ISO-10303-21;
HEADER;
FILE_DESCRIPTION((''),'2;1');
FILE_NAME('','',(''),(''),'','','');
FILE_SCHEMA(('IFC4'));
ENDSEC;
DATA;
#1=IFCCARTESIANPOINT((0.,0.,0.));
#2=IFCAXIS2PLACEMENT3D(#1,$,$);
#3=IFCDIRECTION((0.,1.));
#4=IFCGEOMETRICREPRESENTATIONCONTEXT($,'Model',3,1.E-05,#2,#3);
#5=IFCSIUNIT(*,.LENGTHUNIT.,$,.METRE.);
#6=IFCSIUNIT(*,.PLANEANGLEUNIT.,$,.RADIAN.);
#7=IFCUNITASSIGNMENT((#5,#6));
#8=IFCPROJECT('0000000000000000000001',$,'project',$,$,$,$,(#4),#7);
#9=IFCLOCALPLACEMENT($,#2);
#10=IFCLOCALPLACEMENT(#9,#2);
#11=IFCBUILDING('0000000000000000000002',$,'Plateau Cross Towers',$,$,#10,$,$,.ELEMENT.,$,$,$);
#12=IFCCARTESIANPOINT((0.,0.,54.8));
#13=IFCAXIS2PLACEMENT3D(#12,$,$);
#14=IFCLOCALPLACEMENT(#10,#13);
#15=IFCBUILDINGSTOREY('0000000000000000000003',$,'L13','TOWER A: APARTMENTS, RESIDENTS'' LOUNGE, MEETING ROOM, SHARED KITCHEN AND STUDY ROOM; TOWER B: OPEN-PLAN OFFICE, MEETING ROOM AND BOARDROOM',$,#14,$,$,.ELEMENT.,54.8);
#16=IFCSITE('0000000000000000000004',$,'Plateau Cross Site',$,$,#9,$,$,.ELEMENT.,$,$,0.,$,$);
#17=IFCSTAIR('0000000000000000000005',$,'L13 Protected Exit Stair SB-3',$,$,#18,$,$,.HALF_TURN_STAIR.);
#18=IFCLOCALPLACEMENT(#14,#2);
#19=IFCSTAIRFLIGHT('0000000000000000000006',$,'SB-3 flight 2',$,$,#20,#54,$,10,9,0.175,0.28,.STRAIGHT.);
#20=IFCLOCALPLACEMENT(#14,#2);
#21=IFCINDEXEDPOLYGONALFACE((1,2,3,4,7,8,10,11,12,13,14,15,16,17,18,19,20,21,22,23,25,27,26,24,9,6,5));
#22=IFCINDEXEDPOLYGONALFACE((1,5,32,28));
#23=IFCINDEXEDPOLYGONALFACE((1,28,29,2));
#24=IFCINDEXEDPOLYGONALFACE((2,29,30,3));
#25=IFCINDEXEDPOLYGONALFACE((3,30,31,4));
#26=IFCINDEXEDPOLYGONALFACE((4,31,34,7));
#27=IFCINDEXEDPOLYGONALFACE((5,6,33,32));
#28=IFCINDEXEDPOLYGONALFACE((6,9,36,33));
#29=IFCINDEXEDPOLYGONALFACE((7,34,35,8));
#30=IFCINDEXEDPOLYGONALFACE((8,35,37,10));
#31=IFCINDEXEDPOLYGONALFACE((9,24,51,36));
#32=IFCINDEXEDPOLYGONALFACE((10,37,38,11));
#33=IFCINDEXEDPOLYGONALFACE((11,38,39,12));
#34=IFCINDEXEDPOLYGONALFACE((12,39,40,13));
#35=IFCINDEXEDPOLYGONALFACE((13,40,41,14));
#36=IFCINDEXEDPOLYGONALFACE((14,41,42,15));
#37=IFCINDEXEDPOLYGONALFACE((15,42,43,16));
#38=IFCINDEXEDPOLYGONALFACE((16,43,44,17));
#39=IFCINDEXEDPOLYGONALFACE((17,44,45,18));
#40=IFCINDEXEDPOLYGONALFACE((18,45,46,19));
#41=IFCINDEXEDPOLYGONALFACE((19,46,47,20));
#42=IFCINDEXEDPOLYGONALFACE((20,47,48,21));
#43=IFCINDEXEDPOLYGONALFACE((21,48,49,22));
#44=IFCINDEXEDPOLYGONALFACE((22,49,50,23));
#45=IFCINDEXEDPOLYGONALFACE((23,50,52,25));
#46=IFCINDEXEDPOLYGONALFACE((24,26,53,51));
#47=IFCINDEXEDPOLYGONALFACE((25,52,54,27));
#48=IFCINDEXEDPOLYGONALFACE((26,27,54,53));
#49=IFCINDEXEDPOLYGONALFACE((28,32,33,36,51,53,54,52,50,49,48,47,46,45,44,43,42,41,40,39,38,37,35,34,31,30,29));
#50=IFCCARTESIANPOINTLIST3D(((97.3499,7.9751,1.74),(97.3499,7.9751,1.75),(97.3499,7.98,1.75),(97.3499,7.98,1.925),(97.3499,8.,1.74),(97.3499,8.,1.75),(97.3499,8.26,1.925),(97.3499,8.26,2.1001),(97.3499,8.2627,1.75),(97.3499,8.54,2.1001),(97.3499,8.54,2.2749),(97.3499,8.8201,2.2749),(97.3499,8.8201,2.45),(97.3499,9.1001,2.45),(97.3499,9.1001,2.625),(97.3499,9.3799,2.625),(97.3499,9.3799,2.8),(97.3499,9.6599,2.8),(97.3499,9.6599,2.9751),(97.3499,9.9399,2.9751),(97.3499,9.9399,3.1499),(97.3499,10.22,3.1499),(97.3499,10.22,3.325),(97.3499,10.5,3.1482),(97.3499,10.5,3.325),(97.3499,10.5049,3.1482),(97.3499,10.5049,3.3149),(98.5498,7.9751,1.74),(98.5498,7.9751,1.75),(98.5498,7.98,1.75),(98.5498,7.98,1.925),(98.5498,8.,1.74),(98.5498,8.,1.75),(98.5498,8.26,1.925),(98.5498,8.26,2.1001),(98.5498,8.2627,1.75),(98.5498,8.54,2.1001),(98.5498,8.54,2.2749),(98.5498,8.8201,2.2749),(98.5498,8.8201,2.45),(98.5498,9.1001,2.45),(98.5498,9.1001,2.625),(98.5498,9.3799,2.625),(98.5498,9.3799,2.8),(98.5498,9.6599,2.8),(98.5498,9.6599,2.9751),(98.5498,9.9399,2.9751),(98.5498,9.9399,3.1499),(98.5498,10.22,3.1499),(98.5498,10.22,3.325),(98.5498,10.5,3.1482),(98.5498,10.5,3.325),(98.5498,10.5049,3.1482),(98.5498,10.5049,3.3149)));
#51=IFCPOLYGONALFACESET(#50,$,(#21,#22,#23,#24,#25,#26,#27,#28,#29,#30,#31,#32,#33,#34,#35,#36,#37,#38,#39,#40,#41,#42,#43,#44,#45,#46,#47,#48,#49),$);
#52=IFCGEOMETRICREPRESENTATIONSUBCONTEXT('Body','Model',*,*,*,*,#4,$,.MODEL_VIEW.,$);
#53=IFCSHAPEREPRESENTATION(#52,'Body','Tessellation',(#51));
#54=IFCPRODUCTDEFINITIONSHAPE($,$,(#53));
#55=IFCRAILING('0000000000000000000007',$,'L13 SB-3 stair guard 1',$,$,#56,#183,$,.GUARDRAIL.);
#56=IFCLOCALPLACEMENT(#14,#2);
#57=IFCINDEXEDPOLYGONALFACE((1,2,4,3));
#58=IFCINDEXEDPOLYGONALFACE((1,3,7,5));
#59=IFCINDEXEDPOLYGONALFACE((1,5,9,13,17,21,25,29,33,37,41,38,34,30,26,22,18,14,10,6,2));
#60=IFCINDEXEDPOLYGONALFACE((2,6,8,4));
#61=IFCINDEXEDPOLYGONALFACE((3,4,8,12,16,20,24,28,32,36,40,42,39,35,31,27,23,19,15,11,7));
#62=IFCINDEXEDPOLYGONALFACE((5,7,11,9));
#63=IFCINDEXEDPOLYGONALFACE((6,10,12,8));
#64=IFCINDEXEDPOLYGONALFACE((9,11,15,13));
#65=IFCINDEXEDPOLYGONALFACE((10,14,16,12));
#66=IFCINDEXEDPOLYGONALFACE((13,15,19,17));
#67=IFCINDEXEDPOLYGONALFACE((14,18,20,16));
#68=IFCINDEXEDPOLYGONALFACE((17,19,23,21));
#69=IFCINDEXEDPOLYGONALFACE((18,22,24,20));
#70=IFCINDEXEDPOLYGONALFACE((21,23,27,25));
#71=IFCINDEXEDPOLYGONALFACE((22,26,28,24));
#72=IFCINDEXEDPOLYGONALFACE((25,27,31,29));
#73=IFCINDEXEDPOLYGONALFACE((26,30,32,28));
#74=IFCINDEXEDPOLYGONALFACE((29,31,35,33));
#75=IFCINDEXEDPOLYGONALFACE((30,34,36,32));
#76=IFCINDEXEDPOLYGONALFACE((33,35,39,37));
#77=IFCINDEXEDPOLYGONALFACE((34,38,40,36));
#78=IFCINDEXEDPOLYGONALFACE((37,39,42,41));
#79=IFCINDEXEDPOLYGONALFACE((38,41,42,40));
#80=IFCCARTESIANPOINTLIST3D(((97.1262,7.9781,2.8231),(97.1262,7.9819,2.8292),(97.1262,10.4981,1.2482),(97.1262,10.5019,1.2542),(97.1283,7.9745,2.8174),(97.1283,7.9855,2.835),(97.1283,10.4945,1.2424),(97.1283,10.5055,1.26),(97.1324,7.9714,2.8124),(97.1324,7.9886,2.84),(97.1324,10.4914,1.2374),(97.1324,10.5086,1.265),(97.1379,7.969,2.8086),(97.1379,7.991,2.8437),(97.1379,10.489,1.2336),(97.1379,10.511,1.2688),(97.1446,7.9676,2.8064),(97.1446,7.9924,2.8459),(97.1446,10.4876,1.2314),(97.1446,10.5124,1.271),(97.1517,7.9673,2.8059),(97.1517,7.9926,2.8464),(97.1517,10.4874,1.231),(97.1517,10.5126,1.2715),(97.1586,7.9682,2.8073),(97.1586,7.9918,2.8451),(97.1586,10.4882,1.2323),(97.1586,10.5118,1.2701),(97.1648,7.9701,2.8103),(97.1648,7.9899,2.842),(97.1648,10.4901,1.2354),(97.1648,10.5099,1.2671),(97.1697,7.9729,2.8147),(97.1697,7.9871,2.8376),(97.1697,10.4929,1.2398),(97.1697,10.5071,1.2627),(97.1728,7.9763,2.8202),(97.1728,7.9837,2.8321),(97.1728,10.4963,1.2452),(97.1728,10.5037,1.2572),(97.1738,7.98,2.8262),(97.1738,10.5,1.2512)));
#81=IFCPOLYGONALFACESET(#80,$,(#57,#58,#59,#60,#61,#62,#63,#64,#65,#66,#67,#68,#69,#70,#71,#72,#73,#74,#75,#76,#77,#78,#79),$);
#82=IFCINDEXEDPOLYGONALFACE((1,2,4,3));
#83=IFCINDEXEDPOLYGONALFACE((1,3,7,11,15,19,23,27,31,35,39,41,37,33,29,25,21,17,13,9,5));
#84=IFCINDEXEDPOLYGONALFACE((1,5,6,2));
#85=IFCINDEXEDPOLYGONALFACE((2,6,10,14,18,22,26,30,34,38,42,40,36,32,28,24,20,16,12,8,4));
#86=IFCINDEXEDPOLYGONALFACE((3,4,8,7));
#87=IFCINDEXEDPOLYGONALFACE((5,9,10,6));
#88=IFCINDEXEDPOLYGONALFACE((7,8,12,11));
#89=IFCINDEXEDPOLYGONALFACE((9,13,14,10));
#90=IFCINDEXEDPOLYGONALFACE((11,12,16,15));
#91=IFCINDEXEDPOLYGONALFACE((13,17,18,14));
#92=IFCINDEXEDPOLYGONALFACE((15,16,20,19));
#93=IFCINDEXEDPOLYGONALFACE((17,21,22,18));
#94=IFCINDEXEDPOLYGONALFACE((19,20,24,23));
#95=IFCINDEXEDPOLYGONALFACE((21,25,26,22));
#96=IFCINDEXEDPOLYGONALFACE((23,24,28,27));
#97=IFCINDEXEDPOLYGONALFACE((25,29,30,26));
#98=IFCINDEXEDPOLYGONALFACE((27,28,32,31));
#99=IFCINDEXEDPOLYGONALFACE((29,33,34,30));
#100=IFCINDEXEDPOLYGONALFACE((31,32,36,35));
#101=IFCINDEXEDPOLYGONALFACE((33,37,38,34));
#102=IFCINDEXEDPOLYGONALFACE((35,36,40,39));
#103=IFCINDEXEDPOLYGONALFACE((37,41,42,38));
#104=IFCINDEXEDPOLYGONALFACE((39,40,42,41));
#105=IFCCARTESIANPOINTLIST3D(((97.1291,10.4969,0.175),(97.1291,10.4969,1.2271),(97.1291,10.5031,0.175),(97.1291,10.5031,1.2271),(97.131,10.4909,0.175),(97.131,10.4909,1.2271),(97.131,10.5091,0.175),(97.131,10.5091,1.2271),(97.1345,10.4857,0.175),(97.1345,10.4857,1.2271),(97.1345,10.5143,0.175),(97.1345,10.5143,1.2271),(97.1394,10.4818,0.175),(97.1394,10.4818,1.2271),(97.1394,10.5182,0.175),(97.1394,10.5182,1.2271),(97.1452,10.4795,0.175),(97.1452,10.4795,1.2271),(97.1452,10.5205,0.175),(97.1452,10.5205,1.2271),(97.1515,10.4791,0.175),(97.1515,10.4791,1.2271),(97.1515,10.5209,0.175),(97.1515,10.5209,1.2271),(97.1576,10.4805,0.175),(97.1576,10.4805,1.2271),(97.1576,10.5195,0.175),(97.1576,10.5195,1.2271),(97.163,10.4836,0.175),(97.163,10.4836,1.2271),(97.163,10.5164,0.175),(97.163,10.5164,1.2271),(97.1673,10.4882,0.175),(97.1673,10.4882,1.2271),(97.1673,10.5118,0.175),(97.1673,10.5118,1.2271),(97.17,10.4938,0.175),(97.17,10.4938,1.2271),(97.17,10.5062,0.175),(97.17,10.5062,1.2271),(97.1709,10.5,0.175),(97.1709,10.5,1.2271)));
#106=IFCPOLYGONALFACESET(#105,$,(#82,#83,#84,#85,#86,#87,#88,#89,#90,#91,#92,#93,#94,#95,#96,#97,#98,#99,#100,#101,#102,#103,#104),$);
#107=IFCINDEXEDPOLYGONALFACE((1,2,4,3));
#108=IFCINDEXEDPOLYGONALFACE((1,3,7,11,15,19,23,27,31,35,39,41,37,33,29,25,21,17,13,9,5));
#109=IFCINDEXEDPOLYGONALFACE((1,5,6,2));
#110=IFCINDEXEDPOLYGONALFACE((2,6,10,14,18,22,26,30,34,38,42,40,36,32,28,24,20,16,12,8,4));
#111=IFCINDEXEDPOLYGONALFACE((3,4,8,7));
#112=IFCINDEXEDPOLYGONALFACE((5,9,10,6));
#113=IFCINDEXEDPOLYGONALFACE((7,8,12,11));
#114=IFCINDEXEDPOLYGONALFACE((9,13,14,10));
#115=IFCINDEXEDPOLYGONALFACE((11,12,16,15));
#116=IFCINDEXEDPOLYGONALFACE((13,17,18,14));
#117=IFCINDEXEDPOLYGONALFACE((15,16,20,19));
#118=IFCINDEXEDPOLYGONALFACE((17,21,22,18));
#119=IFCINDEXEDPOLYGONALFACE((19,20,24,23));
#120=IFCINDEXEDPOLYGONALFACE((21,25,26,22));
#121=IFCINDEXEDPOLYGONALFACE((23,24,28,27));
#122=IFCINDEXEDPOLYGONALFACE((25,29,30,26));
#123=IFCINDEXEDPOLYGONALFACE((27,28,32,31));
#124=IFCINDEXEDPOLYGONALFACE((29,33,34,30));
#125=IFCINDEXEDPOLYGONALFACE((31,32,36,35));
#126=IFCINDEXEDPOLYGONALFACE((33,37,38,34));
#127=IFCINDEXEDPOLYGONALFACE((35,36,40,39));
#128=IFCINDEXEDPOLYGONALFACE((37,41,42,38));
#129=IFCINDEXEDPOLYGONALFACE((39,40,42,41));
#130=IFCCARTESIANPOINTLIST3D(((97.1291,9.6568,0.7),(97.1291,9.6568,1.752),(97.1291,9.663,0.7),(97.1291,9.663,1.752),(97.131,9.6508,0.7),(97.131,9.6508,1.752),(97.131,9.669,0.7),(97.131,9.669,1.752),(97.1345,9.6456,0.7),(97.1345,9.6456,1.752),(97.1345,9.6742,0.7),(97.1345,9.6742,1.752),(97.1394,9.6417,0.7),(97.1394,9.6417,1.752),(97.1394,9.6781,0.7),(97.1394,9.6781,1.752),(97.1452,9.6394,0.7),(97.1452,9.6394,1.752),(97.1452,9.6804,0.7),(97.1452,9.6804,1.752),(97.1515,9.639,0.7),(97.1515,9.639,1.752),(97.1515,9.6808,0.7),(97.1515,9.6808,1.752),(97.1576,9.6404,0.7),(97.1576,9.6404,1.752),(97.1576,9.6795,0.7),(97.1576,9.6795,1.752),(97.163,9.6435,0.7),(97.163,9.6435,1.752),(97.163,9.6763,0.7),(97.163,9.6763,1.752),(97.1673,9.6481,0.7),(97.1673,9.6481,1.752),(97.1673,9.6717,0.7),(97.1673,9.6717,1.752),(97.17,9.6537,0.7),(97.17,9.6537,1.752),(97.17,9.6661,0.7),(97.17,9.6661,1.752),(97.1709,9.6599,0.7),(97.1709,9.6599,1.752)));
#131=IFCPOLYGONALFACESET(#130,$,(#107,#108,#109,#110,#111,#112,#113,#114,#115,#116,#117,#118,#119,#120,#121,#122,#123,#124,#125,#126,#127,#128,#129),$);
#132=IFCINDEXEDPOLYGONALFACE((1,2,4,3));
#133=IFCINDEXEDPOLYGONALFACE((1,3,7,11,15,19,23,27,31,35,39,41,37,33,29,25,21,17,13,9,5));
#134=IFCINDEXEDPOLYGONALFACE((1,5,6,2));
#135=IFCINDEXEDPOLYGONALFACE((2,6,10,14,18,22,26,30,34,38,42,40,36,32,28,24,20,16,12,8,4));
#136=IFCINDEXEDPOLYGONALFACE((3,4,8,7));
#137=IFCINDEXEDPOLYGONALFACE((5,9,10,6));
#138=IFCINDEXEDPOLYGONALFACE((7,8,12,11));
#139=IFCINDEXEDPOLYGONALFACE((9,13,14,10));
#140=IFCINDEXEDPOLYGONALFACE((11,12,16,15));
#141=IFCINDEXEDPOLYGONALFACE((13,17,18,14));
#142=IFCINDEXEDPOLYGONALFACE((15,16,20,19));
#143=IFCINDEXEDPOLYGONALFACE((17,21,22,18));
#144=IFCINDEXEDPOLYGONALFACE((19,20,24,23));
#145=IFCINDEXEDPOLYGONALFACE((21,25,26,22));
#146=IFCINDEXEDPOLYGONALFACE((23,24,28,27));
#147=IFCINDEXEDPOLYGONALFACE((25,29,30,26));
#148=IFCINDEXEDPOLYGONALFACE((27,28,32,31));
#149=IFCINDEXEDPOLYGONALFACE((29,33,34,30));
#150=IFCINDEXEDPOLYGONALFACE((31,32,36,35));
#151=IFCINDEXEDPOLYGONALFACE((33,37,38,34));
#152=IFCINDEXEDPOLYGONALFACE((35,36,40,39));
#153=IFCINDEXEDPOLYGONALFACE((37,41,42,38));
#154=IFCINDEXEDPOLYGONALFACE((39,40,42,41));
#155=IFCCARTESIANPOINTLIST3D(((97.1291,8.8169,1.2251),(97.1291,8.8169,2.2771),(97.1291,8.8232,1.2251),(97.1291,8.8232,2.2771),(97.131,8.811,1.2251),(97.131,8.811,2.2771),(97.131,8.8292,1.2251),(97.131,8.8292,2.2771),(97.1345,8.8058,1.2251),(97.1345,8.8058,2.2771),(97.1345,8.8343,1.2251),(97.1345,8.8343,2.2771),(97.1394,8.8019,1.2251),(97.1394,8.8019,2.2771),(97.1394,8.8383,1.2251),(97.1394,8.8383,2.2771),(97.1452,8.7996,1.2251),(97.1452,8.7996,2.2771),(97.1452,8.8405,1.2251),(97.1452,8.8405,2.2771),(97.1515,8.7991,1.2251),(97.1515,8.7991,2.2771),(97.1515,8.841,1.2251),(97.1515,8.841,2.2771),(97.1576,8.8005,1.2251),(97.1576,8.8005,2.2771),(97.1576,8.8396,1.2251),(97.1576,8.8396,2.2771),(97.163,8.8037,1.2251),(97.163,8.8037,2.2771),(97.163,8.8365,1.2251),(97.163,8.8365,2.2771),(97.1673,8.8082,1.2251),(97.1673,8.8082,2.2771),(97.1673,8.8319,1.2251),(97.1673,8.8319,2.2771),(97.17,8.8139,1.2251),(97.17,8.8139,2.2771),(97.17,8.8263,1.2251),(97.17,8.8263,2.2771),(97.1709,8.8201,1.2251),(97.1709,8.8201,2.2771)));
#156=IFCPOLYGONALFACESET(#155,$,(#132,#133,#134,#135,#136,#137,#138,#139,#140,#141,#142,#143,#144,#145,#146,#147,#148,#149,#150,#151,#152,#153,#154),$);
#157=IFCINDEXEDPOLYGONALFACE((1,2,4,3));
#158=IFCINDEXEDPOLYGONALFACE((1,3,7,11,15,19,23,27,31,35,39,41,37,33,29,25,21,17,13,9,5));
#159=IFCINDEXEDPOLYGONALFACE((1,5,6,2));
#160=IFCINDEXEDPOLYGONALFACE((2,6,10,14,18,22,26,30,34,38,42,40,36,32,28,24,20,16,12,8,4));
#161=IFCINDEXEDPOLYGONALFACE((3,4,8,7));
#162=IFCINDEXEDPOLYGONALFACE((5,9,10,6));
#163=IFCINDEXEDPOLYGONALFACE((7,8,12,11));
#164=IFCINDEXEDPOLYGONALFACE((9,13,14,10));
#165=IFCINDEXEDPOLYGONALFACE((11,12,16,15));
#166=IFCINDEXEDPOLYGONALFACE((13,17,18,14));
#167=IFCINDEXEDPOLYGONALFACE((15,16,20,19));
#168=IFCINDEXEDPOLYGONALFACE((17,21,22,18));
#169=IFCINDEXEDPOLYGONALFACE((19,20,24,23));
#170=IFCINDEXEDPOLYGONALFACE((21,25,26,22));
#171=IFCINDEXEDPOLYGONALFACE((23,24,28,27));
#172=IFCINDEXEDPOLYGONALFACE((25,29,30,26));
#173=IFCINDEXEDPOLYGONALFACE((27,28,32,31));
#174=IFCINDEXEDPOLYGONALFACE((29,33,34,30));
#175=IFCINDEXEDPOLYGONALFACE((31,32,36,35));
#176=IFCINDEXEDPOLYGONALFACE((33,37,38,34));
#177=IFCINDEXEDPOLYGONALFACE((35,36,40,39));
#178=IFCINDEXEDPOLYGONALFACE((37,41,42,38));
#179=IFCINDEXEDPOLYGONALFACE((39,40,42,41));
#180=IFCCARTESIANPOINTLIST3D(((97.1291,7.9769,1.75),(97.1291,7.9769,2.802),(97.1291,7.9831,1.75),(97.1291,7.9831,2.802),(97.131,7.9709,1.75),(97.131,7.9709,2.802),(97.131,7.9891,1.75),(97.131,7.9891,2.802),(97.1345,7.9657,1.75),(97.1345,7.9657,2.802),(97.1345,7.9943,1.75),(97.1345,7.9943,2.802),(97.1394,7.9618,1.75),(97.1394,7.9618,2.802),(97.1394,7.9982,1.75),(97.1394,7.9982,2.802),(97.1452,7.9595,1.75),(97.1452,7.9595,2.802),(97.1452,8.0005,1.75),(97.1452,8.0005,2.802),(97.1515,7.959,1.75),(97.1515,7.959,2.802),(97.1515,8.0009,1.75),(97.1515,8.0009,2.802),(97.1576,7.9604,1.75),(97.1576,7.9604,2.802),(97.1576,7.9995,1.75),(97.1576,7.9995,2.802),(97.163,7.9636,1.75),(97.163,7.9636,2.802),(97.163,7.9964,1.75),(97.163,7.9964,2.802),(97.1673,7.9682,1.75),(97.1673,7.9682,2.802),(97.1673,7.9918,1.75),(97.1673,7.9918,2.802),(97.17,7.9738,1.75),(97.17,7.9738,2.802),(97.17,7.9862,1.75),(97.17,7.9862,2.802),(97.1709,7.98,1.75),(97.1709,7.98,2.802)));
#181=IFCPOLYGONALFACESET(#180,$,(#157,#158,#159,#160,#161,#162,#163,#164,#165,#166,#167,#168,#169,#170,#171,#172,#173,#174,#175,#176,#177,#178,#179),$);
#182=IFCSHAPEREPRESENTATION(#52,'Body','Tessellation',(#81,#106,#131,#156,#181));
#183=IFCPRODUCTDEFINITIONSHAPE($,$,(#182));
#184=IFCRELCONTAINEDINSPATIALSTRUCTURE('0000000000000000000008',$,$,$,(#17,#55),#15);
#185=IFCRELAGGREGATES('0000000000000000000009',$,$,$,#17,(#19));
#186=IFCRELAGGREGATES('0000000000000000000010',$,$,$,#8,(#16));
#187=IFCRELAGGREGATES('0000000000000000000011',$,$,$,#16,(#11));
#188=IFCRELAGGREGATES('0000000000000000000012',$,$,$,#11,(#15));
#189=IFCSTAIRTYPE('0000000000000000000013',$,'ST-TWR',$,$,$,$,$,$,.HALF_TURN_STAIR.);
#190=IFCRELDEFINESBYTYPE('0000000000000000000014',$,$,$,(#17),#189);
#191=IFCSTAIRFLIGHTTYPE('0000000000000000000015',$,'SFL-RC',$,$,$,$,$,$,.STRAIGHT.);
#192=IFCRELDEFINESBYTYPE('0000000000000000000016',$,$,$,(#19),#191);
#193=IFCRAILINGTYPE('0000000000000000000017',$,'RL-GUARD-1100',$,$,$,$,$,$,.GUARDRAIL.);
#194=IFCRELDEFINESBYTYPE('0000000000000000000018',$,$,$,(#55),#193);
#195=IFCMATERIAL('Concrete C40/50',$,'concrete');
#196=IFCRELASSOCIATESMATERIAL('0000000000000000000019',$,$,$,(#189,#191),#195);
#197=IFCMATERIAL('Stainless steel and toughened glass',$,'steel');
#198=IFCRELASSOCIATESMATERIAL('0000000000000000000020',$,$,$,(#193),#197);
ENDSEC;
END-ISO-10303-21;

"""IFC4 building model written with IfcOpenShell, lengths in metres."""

from ifc_helpers import new_model, si_unit, direction, frame, origin, origin_2d, place, context, subcontext, project, spatial, polyline, circle, outline, extrude, material, type_object, element, aggregate, save


model = new_model("IFC4")

# Units and contexts
model_context = context("Model", 3, precision=1e-05, world=origin(), true_north=direction((0.0, 1.0)))
body_context = subcontext(model_context, "Body", "Model", "MODEL_VIEW")
ifc_project = project(units=[si_unit("LENGTHUNIT", "METRE"), si_unit("PLANEANGLEUNIT", "RADIAN")], contexts=[model_context])

# Site, building, storey
site_placement = place(None, origin())
site = spatial("IfcSite", under=ifc_project, at=site_placement, Name="Plateau Cross Site", CompositionType="ELEMENT", RefElevation=0.0)
building_placement = place(site_placement, origin())
building = spatial("IfcBuilding", under=site, at=building_placement, Name="Plateau Cross Towers", CompositionType="ELEMENT")
storey_placement = place(building_placement, frame((0.0, 0.0, 54.8)))
storey = spatial("IfcBuildingStorey", under=building, at=storey_placement, Name="L13", Description="TOWER A: APARTMENTS, RESIDENTS' LOUNGE, MEETING ROOM, SHARED KITCHEN AND STUDY ROOM; TOWER B: OPEN-PLAN OFFICE, MEETING ROOM AND BOARDROOM", CompositionType="ELEMENT", Elevation=54.8)

# Stair, stair flight
ifc_material_1 = material(Name="Concrete C40/50", Category="concrete")
stair_type = type_object("IfcStairType", Name="ST-TWR", PredefinedType="HALF_TURN_STAIR", material=ifc_material_1)
stair_placement = place(storey_placement, origin())
stair = element("IfcStair", 1, at=stair_placement, inside=storey, type_object=stair_type, Name="L13 Protected Exit Stair SB-3", PredefinedType="HALF_TURN_STAIR")
stair_flight_type = type_object("IfcStairFlightType", Name="SFL-RC", PredefinedType="STRAIGHT", material=ifc_material_1)
stair_flight_1_placement = place(storey_placement, frame((97.95, 7.98, 1.75), z_axis=(0.0, 0.0, 1.0), x_axis=(0.0, 1.0, 0.0)))
stair_flight_1 = element("IfcStairFlight", 2, at=stair_flight_1_placement, type_object=stair_flight_type, Name="SB-3 flight 2", NumberOfRisers=10, NumberOfTreads=9, PredefinedType="STRAIGHT", RiserHeight=0.175, TreadLength=0.28, context=body_context, shape_type="SweptSolid", body=[
    extrude(outline(polyline([(-0.0049, -0.01), (-0.0049, 0.0), (0.0, 0.0), (0.0, 0.175), (0.28, 0.175), (0.28, 0.3501), (0.5601, 0.3501), (0.5601, 0.5249), (0.8401, 0.5249), (0.8401, 0.7), (1.1201, 0.7), (1.1201, 0.875), (1.3999, 0.875), (1.3999, 1.05), (1.6799, 1.05), (1.6799, 1.2251), (1.96, 1.2251), (1.96, 1.3999), (2.24, 1.3999), (2.24, 1.575), (2.52, 1.575), (2.5249, 1.5649), (2.5249, 1.3982), (2.52, 1.3982), (0.2827, 0.0), (0.02, 0.0), (0.02, -0.01), (-0.0049, -0.01)])), frame((0.0, 0.6001, 0.0), z_axis=(0.0, -1.0, 0.0), x_axis=(1.0, 0.0, 0.0)), (0.0, 0.0, 1.0), 1.2),
])
aggregate(stair, [stair_flight_1])

# Railing
ifc_material_2 = material(Name="Stainless steel and toughened glass", Category="steel")
railing_type_1 = type_object("IfcRailingType", Name="RL-GUARD-1100", PredefinedType="GUARDRAIL", material=ifc_material_2)
railing_1_placement = place(storey_placement, frame((97.1499, 10.5, 0.175)))
element("IfcRailing", 3, at=railing_1_placement, inside=storey, type_object=railing_type_1, Name="L13 SB-3 stair guard 1", PredefinedType="GUARDRAIL", context=body_context, shape_type="SweptSolid", body=[
    extrude(circle(Radius=0.0239, at=origin_2d()), frame((0.0, 0.0, 1.0762), z_axis=(0.0, -0.848008, 0.529984), x_axis=(1.0, 0.0, 0.0)), (0.0, 0.0, 1.0), 2.9717),
    extrude(circle(Radius=0.021, at=origin_2d()), origin(), (0.0, 0.0, 1.0), 1.052),
    extrude(circle(Radius=0.021, at=origin_2d()), frame((0.0, -0.8401, 0.5249)), (0.0, 0.0, 1.0), 1.052),
    extrude(circle(Radius=0.021, at=origin_2d()), frame((0.0, -1.6799, 1.05)), (0.0, 0.0, 1.0), 1.052),
    extrude(circle(Radius=0.021, at=origin_2d()), frame((0.0, -2.52, 1.575)), (0.0, 0.0, 1.0), 1.052),
])

save(model, "model.ifc")
